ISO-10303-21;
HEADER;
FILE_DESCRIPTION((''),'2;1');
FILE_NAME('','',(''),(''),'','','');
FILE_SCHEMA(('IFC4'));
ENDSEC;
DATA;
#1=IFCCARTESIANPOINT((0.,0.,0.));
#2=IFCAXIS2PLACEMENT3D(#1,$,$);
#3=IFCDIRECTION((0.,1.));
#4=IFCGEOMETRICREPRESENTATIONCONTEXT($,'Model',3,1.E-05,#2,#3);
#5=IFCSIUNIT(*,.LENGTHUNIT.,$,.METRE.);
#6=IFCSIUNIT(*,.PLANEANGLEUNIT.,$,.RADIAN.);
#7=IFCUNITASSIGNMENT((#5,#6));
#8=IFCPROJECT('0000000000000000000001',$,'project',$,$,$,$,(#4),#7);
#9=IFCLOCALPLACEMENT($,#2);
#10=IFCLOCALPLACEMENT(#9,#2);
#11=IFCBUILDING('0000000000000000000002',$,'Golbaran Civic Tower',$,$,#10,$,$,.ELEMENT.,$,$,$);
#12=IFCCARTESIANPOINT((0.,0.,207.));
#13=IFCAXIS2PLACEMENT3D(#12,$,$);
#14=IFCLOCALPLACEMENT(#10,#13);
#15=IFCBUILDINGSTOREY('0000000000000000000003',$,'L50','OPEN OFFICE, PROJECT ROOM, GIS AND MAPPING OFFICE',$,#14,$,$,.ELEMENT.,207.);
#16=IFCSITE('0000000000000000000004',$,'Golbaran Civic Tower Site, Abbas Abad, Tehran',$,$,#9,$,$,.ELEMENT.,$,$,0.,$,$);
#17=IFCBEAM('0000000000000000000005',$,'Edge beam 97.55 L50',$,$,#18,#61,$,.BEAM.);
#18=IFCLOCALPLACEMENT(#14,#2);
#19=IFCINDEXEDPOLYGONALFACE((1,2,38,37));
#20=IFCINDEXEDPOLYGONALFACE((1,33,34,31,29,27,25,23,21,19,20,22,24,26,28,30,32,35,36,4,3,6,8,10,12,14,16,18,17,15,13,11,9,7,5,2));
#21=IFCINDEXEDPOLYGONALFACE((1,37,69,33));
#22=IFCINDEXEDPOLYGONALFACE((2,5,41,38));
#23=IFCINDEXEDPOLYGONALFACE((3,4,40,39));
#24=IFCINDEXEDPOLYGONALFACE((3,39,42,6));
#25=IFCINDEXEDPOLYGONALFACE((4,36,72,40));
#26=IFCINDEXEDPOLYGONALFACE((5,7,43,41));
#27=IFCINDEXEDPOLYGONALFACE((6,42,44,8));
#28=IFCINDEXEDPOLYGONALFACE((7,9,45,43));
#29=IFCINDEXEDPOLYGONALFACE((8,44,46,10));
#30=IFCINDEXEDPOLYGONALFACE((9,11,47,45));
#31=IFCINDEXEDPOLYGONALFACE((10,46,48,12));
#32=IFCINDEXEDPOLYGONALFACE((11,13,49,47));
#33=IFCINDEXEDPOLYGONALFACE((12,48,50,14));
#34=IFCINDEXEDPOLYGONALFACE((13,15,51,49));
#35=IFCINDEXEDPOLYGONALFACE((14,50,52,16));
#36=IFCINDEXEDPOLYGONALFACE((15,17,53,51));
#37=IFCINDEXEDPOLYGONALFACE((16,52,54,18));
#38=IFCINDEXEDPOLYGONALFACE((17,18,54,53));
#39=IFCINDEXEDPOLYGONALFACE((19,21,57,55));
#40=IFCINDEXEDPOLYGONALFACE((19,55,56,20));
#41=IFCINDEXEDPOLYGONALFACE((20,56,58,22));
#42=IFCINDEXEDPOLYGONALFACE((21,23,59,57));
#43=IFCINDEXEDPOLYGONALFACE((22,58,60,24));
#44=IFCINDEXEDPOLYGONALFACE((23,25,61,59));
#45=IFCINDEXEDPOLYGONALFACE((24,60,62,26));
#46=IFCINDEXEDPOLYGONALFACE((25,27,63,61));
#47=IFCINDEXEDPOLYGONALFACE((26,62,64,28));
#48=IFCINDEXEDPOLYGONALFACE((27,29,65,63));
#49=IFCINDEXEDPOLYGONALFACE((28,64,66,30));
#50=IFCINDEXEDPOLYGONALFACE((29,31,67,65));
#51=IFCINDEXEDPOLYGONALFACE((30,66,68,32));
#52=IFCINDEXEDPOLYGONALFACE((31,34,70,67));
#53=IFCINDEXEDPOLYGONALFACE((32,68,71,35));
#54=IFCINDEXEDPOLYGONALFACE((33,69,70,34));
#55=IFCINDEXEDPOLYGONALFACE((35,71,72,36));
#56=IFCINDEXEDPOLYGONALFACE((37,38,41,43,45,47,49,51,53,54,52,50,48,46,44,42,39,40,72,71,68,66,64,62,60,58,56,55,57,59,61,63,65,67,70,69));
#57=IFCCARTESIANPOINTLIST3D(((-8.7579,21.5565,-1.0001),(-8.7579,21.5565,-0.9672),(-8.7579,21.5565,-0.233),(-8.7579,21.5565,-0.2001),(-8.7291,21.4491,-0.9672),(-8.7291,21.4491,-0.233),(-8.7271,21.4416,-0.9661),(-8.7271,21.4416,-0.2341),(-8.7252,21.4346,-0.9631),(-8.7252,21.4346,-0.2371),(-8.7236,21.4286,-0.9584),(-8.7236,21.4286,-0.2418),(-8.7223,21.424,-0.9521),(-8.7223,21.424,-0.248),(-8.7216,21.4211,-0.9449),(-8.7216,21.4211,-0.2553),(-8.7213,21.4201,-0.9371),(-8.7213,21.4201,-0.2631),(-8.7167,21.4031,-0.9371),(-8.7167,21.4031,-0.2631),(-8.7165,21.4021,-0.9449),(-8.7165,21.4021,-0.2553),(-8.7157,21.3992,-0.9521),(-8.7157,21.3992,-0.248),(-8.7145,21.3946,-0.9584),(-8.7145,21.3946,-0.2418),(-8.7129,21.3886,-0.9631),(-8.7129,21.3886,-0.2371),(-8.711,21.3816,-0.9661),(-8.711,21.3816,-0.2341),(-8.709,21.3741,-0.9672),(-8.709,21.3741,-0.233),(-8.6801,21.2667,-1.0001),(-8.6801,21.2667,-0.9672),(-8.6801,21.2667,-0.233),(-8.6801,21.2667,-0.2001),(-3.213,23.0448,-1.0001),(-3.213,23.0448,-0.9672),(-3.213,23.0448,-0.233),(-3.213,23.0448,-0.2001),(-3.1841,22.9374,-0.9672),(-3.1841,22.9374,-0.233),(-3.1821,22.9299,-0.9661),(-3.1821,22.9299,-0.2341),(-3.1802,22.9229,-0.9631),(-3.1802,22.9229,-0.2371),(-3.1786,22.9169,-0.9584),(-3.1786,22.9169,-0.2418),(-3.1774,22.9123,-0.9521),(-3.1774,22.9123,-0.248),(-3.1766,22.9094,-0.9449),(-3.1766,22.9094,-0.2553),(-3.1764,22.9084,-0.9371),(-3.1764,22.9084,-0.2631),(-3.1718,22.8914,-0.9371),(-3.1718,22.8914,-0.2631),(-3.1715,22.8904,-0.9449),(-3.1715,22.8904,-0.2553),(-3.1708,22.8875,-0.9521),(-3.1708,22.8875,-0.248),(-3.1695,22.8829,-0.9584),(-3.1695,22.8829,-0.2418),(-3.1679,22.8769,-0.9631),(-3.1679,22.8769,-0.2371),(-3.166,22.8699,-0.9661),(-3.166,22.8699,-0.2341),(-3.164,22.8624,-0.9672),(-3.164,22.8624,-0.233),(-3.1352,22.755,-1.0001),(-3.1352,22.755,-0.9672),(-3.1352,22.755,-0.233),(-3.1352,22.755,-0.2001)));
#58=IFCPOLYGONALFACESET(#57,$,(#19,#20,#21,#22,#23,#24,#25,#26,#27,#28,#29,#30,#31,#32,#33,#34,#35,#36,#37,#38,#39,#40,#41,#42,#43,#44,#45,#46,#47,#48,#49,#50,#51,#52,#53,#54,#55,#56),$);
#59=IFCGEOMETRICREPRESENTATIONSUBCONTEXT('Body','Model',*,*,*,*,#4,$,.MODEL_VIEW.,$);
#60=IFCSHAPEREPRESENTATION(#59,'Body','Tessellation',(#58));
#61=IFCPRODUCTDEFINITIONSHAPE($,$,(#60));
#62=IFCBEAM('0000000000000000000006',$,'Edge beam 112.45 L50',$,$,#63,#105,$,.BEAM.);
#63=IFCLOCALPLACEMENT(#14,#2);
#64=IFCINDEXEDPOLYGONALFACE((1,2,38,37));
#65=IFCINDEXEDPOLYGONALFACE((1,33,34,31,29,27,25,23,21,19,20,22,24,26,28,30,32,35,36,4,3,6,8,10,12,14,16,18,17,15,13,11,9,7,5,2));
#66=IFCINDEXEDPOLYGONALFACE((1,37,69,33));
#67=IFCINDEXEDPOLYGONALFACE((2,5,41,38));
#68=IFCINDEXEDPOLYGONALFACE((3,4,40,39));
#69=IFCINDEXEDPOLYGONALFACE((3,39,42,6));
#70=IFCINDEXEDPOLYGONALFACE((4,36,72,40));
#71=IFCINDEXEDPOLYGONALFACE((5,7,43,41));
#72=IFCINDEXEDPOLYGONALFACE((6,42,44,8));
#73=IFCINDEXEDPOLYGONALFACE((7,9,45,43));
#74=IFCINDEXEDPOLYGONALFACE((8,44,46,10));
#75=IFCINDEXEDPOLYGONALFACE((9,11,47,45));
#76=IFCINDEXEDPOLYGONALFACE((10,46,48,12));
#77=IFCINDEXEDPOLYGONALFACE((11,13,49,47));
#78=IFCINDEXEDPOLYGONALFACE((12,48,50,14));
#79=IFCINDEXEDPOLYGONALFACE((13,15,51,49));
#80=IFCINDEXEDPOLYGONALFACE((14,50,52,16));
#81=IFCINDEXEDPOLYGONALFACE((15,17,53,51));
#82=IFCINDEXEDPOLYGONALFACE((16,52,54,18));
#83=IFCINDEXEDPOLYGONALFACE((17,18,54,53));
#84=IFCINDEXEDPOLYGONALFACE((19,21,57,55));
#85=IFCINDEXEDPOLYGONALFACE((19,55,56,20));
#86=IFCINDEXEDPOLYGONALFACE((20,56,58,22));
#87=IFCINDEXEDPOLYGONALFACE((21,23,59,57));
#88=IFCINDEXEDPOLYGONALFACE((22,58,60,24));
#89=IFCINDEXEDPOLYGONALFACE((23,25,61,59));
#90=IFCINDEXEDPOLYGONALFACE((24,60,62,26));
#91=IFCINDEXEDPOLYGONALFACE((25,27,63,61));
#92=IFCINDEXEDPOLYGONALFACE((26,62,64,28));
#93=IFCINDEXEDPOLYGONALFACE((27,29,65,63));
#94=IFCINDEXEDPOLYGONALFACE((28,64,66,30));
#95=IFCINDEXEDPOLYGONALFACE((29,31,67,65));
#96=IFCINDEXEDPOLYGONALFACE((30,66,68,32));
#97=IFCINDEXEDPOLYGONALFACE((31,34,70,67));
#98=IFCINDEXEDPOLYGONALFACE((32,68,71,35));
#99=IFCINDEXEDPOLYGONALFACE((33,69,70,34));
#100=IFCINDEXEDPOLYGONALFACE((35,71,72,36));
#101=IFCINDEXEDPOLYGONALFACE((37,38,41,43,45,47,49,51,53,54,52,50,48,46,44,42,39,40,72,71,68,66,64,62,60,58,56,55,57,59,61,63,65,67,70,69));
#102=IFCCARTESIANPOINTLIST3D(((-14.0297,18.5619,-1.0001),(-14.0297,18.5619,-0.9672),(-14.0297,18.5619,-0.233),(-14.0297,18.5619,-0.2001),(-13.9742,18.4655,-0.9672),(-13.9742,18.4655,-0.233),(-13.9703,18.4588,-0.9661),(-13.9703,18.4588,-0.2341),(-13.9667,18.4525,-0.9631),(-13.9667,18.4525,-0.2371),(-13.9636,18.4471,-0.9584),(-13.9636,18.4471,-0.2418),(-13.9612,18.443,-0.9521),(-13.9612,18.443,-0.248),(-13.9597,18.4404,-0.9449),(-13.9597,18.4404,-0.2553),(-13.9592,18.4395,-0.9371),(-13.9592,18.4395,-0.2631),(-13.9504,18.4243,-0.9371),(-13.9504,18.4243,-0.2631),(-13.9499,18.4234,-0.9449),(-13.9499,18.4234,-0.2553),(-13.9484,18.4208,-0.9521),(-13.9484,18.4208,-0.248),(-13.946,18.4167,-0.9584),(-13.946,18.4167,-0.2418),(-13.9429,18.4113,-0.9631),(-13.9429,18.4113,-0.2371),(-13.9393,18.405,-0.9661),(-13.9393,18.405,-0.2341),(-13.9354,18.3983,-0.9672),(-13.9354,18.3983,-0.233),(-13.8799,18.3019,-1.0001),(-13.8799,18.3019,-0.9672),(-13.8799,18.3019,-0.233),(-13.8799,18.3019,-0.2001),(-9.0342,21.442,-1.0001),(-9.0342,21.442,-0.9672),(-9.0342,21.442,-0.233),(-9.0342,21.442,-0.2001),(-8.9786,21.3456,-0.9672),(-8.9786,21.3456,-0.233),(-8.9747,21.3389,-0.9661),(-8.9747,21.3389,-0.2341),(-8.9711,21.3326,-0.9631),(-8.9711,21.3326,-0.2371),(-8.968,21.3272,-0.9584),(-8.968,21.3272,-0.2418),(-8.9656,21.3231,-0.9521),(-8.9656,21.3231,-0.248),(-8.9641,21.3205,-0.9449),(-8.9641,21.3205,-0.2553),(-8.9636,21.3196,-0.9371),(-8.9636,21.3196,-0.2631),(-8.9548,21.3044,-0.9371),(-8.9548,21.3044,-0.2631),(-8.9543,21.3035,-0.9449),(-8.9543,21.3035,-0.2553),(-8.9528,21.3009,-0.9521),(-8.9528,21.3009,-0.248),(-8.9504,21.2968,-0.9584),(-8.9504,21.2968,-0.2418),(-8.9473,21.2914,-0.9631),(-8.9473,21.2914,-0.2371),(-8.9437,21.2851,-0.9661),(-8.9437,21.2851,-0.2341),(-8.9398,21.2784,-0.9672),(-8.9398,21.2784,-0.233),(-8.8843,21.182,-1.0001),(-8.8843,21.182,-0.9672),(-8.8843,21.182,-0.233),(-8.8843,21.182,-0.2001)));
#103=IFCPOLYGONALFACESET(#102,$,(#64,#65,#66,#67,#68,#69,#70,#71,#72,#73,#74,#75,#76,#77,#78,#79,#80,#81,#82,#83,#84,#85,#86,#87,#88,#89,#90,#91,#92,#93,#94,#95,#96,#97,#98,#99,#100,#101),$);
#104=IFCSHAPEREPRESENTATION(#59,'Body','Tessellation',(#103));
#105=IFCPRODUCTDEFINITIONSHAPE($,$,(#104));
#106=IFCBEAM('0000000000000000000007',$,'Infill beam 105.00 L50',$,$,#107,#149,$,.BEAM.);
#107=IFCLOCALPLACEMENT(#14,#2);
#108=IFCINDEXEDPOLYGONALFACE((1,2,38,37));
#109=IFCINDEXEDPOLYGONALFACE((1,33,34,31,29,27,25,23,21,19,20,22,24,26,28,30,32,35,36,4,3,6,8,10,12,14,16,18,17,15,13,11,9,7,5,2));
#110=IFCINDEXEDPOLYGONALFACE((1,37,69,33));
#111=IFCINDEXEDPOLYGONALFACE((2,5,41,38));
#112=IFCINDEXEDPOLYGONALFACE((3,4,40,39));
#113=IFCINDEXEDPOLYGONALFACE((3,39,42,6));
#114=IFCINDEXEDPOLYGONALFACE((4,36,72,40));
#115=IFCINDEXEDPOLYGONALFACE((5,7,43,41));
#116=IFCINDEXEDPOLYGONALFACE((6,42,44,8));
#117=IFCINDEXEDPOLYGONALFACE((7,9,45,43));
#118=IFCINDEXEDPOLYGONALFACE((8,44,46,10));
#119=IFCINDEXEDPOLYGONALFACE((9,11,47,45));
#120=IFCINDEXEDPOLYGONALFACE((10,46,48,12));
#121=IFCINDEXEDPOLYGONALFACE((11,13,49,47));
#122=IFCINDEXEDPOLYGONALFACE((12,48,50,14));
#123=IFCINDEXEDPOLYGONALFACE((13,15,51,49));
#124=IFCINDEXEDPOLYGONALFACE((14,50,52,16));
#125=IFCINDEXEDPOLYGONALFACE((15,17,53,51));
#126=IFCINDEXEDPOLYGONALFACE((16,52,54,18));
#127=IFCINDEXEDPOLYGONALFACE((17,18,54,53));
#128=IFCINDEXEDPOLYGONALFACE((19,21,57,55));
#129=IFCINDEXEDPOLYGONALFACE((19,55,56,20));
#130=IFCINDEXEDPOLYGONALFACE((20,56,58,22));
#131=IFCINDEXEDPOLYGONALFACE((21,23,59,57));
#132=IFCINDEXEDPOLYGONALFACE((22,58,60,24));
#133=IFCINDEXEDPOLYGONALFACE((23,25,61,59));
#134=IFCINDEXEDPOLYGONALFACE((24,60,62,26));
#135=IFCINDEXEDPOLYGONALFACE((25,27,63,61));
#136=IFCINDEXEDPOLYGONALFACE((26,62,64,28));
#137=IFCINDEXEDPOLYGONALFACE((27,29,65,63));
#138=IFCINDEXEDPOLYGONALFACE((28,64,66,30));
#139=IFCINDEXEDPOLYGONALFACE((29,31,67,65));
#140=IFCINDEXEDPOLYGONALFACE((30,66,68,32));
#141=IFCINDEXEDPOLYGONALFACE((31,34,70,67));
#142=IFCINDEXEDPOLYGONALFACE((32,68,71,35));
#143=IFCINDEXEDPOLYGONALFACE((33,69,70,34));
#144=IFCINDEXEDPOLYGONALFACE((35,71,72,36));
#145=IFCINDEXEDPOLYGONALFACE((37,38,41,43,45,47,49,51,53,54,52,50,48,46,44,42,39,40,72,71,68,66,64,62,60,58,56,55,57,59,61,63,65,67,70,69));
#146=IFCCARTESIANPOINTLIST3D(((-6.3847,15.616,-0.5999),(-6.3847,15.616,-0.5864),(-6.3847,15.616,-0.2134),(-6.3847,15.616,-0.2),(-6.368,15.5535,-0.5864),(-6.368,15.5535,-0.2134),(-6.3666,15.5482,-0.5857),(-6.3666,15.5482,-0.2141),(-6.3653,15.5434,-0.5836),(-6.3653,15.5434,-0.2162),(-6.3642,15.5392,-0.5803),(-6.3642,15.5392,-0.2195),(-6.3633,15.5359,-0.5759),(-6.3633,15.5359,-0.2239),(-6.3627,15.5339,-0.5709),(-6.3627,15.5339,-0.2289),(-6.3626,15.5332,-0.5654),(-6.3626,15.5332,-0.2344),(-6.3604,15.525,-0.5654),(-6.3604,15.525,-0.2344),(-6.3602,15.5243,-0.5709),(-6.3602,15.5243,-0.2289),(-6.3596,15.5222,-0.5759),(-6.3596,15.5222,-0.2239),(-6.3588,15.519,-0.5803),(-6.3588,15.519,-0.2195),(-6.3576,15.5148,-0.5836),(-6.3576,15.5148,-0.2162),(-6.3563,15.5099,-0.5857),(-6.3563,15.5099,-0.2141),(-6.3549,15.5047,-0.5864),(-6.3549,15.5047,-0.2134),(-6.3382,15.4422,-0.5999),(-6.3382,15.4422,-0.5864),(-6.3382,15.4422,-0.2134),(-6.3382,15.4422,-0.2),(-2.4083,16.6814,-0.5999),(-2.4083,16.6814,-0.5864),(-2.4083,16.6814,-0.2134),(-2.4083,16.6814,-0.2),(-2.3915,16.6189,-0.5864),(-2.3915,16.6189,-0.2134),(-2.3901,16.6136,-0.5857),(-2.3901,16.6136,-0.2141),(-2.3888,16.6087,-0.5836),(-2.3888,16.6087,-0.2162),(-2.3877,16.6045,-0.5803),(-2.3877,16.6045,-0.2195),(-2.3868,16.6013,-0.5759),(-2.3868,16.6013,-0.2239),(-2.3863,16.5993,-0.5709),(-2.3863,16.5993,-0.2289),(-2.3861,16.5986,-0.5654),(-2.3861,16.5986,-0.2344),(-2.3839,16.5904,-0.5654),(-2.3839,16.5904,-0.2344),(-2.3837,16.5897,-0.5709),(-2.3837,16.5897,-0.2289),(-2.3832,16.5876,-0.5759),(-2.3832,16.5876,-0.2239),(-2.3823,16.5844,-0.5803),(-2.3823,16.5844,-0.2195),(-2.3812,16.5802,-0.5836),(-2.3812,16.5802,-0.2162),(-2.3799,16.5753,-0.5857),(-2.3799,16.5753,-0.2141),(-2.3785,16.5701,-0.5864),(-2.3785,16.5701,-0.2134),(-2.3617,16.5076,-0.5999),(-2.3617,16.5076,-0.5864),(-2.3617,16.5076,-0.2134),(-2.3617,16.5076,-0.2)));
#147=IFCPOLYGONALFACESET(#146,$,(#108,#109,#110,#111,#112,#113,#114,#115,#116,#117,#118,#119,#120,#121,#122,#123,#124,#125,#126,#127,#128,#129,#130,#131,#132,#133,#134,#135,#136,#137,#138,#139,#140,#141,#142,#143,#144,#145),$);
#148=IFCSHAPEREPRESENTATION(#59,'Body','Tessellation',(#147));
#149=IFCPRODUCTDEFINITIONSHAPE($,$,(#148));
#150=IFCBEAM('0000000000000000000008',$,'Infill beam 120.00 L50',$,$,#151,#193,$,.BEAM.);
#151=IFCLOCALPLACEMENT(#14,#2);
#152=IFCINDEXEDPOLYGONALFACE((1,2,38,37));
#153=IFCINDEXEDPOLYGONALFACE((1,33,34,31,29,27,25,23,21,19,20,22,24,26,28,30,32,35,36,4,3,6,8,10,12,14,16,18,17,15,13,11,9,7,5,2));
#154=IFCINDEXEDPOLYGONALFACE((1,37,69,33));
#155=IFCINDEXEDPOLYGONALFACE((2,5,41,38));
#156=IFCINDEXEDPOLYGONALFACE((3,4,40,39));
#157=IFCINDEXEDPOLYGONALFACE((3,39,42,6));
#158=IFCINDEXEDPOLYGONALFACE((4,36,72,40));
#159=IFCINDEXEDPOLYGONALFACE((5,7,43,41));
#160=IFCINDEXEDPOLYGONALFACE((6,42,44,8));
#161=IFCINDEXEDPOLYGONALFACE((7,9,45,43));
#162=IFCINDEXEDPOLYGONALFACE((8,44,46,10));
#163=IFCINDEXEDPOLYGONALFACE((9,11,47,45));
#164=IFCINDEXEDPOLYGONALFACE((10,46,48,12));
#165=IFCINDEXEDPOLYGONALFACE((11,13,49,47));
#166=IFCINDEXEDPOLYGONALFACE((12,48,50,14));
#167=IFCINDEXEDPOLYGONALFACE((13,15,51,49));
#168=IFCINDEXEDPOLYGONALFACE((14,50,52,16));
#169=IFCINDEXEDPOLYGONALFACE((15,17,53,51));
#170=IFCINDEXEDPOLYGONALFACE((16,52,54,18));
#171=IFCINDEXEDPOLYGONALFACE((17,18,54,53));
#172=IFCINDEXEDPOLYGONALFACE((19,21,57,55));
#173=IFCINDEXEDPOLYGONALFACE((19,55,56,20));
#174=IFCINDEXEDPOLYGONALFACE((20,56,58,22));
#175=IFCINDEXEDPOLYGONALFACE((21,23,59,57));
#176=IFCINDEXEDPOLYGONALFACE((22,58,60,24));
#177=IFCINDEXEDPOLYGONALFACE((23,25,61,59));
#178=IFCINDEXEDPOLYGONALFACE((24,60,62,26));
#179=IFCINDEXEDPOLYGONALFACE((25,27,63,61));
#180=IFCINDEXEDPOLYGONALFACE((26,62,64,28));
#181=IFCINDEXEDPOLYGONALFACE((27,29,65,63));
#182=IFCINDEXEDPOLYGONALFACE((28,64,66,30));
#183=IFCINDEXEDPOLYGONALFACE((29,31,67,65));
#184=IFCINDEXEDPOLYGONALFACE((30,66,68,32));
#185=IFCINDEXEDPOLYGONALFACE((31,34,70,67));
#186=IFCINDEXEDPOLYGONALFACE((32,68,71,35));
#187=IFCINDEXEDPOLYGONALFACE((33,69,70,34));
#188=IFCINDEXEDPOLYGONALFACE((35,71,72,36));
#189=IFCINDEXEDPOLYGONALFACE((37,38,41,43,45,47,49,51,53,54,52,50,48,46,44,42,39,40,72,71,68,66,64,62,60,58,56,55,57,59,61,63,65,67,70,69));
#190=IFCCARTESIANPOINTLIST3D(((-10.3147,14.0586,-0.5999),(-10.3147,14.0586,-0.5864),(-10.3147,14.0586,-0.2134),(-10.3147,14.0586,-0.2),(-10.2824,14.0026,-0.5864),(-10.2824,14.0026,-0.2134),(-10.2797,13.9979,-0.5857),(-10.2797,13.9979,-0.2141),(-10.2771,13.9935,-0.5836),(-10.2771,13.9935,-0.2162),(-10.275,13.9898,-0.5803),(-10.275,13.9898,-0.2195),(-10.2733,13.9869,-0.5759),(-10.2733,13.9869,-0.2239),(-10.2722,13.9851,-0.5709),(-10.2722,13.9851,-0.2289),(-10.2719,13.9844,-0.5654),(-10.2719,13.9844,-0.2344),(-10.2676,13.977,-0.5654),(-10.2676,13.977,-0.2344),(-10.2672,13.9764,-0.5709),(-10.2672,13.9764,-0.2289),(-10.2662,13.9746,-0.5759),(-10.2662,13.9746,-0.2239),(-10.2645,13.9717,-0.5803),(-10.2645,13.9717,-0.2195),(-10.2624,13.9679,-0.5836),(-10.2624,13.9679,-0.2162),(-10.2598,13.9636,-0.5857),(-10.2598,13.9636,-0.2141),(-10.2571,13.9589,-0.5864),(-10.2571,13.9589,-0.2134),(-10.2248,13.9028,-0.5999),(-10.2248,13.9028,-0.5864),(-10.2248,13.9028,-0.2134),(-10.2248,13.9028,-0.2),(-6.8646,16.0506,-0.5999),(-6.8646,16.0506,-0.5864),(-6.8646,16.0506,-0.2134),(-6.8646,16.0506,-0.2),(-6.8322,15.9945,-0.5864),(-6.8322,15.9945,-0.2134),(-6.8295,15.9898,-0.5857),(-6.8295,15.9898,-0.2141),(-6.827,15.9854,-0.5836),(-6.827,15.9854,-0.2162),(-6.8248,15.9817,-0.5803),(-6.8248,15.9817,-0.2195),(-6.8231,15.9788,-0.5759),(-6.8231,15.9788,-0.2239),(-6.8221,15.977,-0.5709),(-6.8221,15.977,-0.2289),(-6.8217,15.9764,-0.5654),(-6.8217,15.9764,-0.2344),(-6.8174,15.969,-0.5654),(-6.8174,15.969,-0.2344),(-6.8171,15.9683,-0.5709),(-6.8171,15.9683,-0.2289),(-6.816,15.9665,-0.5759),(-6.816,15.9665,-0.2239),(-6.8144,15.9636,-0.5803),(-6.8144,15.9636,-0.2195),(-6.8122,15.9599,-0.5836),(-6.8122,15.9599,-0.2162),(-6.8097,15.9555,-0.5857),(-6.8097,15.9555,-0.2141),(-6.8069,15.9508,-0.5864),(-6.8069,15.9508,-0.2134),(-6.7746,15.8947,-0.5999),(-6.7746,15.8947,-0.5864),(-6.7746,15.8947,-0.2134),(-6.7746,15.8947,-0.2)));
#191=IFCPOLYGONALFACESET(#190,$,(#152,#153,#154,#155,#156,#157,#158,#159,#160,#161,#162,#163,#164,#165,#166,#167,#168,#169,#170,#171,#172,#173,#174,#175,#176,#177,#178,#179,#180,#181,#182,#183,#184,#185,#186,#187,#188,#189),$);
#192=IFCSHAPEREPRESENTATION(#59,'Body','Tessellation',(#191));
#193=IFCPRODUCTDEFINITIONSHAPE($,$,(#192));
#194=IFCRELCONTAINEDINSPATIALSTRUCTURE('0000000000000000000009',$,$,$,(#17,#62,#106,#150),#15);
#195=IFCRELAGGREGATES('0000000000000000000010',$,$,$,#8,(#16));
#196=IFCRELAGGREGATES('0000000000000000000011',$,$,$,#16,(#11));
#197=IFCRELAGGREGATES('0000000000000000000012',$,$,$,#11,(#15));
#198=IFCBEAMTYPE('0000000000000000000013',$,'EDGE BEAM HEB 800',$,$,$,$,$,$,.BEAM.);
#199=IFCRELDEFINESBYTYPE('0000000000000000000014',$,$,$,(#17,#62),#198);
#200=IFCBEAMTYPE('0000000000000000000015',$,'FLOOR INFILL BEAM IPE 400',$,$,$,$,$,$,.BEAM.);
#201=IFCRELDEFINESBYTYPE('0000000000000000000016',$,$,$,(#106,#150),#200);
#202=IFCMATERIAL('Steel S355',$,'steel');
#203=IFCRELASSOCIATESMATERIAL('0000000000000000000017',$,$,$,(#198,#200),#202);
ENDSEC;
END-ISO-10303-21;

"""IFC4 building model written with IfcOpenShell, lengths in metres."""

from ifc_helpers import new_model, si_unit, direction, frame, origin, origin_2d, place, context, subcontext, project, spatial, i_section, extrude, material, material_profile, profile_set, type_object, element, save


model = new_model("IFC4")

# Units and contexts
model_context = context("Model", 3, precision=1e-05, world=origin(), true_north=direction((0.0, 1.0)))
body_context = subcontext(model_context, "Body", "Model", "MODEL_VIEW")
ifc_project = project(units=[si_unit("LENGTHUNIT", "METRE"), si_unit("PLANEANGLEUNIT", "RADIAN")], contexts=[model_context])

# Site, building, storey
site_placement = place(None, origin())
site = spatial("IfcSite", under=ifc_project, at=site_placement, Name="Golbaran Civic Tower Site, Abbas Abad, Tehran", CompositionType="ELEMENT", RefElevation=0.0)
building_placement = place(site_placement, origin())
building = spatial("IfcBuilding", under=site, at=building_placement, Name="Golbaran Civic Tower", CompositionType="ELEMENT")
storey_placement = place(building_placement, frame((0.0, 0.0, 207.0)))
storey = spatial("IfcBuildingStorey", under=building, at=storey_placement, Name="L50", Description="OPEN OFFICE, PROJECT ROOM, GIS AND MAPPING OFFICE", CompositionType="ELEMENT", Elevation=207.0)

# Beams
ifc_material_1 = material(Name="Steel S355", Category="steel")
ifc_material_profile_1 = material_profile(ifc_material_1, i_section(OverallWidth=0.3, OverallDepth=0.8, WebThickness=0.0176, FlangeThickness=0.033, FilletRadius=0.03, at=origin_2d()), Name="HEB 800")
ifc_profile_set_1 = profile_set([ifc_material_profile_1], Name="Steel S355")
beam_type_1 = type_object("IfcBeamType", Name="EDGE BEAM HEB 800", PredefinedType="BEAM", material=ifc_profile_set_1)
beam_1_placement = place(storey_placement, frame((-3.1741, 22.8999, -0.6001), z_axis=(-0.965816, -0.259229, 0.0), x_axis=(0.259229, -0.965816, 0.0)))
element("IfcBeam", 1, at=beam_1_placement, inside=storey, type_object=beam_type_1, Name="Edge beam 97.55 L50", PredefinedType="BEAM", context=body_context, shape_type="SweptSolid", body=[
    extrude(i_section(OverallWidth=0.3, OverallDepth=0.8, WebThickness=0.0176, FlangeThickness=0.033, FilletRadius=0.03, at=origin_2d()), origin(), (0.0, 0.0, 1.0), 5.7412),
])
beam_2_placement = place(storey_placement, frame((-8.9592, 21.312, -0.6001), z_axis=(-0.866332, -0.499468, 0.0), x_axis=(0.499468, -0.866332, 0.0)))
element("IfcBeam", 2, at=beam_2_placement, inside=storey, type_object=beam_type_1, Name="Edge beam 112.45 L50", PredefinedType="BEAM", context=body_context, shape_type="SweptSolid", body=[
    extrude(i_section(OverallWidth=0.3, OverallDepth=0.8, WebThickness=0.0176, FlangeThickness=0.033, FilletRadius=0.03, at=origin_2d()), origin(), (0.0, 0.0, 1.0), 5.7664),
])
ifc_material_profile_2 = material_profile(ifc_material_1, i_section(OverallWidth=0.1799, OverallDepth=0.3999, WebThickness=0.0085, FlangeThickness=0.0134, FilletRadius=0.021, at=origin_2d()), Name="IPE 400")
ifc_profile_set_2 = profile_set([ifc_material_profile_2], Name="Steel S355")
beam_type_2 = type_object("IfcBeamType", Name="FLOOR INFILL BEAM IPE 400", PredefinedType="BEAM", material=ifc_profile_set_2)
beam_3_placement = place(storey_placement, frame((-2.385, 16.5945, -0.3999), z_axis=(-0.965931, -0.258799, 0.0), x_axis=(0.258799, -0.965931, 0.0)))
element("IfcBeam", 3, at=beam_3_placement, inside=storey, type_object=beam_type_2, Name="Infill beam 105.00 L50", PredefinedType="BEAM", context=body_context, shape_type="SweptSolid", body=[
    extrude(i_section(OverallWidth=0.1799, OverallDepth=0.3999, WebThickness=0.0085, FlangeThickness=0.0134, FilletRadius=0.021, at=origin_2d()), origin(), (0.0, 0.0, 1.0), 4.1167),
])
beam_4_placement = place(storey_placement, frame((-6.8196, 15.9727, -0.3999), z_axis=(-0.866028, -0.499995, 0.0), x_axis=(0.499995, -0.866028, 0.0)))
element("IfcBeam", 4, at=beam_4_placement, inside=storey, type_object=beam_type_2, Name="Infill beam 120.00 L50", PredefinedType="BEAM", context=body_context, shape_type="SweptSolid", body=[
    extrude(i_section(OverallWidth=0.1799, OverallDepth=0.3999, WebThickness=0.0085, FlangeThickness=0.0134, FilletRadius=0.021, at=origin_2d()), origin(), (0.0, 0.0, 1.0), 3.9839),
])

save(model, "model.ifc")
